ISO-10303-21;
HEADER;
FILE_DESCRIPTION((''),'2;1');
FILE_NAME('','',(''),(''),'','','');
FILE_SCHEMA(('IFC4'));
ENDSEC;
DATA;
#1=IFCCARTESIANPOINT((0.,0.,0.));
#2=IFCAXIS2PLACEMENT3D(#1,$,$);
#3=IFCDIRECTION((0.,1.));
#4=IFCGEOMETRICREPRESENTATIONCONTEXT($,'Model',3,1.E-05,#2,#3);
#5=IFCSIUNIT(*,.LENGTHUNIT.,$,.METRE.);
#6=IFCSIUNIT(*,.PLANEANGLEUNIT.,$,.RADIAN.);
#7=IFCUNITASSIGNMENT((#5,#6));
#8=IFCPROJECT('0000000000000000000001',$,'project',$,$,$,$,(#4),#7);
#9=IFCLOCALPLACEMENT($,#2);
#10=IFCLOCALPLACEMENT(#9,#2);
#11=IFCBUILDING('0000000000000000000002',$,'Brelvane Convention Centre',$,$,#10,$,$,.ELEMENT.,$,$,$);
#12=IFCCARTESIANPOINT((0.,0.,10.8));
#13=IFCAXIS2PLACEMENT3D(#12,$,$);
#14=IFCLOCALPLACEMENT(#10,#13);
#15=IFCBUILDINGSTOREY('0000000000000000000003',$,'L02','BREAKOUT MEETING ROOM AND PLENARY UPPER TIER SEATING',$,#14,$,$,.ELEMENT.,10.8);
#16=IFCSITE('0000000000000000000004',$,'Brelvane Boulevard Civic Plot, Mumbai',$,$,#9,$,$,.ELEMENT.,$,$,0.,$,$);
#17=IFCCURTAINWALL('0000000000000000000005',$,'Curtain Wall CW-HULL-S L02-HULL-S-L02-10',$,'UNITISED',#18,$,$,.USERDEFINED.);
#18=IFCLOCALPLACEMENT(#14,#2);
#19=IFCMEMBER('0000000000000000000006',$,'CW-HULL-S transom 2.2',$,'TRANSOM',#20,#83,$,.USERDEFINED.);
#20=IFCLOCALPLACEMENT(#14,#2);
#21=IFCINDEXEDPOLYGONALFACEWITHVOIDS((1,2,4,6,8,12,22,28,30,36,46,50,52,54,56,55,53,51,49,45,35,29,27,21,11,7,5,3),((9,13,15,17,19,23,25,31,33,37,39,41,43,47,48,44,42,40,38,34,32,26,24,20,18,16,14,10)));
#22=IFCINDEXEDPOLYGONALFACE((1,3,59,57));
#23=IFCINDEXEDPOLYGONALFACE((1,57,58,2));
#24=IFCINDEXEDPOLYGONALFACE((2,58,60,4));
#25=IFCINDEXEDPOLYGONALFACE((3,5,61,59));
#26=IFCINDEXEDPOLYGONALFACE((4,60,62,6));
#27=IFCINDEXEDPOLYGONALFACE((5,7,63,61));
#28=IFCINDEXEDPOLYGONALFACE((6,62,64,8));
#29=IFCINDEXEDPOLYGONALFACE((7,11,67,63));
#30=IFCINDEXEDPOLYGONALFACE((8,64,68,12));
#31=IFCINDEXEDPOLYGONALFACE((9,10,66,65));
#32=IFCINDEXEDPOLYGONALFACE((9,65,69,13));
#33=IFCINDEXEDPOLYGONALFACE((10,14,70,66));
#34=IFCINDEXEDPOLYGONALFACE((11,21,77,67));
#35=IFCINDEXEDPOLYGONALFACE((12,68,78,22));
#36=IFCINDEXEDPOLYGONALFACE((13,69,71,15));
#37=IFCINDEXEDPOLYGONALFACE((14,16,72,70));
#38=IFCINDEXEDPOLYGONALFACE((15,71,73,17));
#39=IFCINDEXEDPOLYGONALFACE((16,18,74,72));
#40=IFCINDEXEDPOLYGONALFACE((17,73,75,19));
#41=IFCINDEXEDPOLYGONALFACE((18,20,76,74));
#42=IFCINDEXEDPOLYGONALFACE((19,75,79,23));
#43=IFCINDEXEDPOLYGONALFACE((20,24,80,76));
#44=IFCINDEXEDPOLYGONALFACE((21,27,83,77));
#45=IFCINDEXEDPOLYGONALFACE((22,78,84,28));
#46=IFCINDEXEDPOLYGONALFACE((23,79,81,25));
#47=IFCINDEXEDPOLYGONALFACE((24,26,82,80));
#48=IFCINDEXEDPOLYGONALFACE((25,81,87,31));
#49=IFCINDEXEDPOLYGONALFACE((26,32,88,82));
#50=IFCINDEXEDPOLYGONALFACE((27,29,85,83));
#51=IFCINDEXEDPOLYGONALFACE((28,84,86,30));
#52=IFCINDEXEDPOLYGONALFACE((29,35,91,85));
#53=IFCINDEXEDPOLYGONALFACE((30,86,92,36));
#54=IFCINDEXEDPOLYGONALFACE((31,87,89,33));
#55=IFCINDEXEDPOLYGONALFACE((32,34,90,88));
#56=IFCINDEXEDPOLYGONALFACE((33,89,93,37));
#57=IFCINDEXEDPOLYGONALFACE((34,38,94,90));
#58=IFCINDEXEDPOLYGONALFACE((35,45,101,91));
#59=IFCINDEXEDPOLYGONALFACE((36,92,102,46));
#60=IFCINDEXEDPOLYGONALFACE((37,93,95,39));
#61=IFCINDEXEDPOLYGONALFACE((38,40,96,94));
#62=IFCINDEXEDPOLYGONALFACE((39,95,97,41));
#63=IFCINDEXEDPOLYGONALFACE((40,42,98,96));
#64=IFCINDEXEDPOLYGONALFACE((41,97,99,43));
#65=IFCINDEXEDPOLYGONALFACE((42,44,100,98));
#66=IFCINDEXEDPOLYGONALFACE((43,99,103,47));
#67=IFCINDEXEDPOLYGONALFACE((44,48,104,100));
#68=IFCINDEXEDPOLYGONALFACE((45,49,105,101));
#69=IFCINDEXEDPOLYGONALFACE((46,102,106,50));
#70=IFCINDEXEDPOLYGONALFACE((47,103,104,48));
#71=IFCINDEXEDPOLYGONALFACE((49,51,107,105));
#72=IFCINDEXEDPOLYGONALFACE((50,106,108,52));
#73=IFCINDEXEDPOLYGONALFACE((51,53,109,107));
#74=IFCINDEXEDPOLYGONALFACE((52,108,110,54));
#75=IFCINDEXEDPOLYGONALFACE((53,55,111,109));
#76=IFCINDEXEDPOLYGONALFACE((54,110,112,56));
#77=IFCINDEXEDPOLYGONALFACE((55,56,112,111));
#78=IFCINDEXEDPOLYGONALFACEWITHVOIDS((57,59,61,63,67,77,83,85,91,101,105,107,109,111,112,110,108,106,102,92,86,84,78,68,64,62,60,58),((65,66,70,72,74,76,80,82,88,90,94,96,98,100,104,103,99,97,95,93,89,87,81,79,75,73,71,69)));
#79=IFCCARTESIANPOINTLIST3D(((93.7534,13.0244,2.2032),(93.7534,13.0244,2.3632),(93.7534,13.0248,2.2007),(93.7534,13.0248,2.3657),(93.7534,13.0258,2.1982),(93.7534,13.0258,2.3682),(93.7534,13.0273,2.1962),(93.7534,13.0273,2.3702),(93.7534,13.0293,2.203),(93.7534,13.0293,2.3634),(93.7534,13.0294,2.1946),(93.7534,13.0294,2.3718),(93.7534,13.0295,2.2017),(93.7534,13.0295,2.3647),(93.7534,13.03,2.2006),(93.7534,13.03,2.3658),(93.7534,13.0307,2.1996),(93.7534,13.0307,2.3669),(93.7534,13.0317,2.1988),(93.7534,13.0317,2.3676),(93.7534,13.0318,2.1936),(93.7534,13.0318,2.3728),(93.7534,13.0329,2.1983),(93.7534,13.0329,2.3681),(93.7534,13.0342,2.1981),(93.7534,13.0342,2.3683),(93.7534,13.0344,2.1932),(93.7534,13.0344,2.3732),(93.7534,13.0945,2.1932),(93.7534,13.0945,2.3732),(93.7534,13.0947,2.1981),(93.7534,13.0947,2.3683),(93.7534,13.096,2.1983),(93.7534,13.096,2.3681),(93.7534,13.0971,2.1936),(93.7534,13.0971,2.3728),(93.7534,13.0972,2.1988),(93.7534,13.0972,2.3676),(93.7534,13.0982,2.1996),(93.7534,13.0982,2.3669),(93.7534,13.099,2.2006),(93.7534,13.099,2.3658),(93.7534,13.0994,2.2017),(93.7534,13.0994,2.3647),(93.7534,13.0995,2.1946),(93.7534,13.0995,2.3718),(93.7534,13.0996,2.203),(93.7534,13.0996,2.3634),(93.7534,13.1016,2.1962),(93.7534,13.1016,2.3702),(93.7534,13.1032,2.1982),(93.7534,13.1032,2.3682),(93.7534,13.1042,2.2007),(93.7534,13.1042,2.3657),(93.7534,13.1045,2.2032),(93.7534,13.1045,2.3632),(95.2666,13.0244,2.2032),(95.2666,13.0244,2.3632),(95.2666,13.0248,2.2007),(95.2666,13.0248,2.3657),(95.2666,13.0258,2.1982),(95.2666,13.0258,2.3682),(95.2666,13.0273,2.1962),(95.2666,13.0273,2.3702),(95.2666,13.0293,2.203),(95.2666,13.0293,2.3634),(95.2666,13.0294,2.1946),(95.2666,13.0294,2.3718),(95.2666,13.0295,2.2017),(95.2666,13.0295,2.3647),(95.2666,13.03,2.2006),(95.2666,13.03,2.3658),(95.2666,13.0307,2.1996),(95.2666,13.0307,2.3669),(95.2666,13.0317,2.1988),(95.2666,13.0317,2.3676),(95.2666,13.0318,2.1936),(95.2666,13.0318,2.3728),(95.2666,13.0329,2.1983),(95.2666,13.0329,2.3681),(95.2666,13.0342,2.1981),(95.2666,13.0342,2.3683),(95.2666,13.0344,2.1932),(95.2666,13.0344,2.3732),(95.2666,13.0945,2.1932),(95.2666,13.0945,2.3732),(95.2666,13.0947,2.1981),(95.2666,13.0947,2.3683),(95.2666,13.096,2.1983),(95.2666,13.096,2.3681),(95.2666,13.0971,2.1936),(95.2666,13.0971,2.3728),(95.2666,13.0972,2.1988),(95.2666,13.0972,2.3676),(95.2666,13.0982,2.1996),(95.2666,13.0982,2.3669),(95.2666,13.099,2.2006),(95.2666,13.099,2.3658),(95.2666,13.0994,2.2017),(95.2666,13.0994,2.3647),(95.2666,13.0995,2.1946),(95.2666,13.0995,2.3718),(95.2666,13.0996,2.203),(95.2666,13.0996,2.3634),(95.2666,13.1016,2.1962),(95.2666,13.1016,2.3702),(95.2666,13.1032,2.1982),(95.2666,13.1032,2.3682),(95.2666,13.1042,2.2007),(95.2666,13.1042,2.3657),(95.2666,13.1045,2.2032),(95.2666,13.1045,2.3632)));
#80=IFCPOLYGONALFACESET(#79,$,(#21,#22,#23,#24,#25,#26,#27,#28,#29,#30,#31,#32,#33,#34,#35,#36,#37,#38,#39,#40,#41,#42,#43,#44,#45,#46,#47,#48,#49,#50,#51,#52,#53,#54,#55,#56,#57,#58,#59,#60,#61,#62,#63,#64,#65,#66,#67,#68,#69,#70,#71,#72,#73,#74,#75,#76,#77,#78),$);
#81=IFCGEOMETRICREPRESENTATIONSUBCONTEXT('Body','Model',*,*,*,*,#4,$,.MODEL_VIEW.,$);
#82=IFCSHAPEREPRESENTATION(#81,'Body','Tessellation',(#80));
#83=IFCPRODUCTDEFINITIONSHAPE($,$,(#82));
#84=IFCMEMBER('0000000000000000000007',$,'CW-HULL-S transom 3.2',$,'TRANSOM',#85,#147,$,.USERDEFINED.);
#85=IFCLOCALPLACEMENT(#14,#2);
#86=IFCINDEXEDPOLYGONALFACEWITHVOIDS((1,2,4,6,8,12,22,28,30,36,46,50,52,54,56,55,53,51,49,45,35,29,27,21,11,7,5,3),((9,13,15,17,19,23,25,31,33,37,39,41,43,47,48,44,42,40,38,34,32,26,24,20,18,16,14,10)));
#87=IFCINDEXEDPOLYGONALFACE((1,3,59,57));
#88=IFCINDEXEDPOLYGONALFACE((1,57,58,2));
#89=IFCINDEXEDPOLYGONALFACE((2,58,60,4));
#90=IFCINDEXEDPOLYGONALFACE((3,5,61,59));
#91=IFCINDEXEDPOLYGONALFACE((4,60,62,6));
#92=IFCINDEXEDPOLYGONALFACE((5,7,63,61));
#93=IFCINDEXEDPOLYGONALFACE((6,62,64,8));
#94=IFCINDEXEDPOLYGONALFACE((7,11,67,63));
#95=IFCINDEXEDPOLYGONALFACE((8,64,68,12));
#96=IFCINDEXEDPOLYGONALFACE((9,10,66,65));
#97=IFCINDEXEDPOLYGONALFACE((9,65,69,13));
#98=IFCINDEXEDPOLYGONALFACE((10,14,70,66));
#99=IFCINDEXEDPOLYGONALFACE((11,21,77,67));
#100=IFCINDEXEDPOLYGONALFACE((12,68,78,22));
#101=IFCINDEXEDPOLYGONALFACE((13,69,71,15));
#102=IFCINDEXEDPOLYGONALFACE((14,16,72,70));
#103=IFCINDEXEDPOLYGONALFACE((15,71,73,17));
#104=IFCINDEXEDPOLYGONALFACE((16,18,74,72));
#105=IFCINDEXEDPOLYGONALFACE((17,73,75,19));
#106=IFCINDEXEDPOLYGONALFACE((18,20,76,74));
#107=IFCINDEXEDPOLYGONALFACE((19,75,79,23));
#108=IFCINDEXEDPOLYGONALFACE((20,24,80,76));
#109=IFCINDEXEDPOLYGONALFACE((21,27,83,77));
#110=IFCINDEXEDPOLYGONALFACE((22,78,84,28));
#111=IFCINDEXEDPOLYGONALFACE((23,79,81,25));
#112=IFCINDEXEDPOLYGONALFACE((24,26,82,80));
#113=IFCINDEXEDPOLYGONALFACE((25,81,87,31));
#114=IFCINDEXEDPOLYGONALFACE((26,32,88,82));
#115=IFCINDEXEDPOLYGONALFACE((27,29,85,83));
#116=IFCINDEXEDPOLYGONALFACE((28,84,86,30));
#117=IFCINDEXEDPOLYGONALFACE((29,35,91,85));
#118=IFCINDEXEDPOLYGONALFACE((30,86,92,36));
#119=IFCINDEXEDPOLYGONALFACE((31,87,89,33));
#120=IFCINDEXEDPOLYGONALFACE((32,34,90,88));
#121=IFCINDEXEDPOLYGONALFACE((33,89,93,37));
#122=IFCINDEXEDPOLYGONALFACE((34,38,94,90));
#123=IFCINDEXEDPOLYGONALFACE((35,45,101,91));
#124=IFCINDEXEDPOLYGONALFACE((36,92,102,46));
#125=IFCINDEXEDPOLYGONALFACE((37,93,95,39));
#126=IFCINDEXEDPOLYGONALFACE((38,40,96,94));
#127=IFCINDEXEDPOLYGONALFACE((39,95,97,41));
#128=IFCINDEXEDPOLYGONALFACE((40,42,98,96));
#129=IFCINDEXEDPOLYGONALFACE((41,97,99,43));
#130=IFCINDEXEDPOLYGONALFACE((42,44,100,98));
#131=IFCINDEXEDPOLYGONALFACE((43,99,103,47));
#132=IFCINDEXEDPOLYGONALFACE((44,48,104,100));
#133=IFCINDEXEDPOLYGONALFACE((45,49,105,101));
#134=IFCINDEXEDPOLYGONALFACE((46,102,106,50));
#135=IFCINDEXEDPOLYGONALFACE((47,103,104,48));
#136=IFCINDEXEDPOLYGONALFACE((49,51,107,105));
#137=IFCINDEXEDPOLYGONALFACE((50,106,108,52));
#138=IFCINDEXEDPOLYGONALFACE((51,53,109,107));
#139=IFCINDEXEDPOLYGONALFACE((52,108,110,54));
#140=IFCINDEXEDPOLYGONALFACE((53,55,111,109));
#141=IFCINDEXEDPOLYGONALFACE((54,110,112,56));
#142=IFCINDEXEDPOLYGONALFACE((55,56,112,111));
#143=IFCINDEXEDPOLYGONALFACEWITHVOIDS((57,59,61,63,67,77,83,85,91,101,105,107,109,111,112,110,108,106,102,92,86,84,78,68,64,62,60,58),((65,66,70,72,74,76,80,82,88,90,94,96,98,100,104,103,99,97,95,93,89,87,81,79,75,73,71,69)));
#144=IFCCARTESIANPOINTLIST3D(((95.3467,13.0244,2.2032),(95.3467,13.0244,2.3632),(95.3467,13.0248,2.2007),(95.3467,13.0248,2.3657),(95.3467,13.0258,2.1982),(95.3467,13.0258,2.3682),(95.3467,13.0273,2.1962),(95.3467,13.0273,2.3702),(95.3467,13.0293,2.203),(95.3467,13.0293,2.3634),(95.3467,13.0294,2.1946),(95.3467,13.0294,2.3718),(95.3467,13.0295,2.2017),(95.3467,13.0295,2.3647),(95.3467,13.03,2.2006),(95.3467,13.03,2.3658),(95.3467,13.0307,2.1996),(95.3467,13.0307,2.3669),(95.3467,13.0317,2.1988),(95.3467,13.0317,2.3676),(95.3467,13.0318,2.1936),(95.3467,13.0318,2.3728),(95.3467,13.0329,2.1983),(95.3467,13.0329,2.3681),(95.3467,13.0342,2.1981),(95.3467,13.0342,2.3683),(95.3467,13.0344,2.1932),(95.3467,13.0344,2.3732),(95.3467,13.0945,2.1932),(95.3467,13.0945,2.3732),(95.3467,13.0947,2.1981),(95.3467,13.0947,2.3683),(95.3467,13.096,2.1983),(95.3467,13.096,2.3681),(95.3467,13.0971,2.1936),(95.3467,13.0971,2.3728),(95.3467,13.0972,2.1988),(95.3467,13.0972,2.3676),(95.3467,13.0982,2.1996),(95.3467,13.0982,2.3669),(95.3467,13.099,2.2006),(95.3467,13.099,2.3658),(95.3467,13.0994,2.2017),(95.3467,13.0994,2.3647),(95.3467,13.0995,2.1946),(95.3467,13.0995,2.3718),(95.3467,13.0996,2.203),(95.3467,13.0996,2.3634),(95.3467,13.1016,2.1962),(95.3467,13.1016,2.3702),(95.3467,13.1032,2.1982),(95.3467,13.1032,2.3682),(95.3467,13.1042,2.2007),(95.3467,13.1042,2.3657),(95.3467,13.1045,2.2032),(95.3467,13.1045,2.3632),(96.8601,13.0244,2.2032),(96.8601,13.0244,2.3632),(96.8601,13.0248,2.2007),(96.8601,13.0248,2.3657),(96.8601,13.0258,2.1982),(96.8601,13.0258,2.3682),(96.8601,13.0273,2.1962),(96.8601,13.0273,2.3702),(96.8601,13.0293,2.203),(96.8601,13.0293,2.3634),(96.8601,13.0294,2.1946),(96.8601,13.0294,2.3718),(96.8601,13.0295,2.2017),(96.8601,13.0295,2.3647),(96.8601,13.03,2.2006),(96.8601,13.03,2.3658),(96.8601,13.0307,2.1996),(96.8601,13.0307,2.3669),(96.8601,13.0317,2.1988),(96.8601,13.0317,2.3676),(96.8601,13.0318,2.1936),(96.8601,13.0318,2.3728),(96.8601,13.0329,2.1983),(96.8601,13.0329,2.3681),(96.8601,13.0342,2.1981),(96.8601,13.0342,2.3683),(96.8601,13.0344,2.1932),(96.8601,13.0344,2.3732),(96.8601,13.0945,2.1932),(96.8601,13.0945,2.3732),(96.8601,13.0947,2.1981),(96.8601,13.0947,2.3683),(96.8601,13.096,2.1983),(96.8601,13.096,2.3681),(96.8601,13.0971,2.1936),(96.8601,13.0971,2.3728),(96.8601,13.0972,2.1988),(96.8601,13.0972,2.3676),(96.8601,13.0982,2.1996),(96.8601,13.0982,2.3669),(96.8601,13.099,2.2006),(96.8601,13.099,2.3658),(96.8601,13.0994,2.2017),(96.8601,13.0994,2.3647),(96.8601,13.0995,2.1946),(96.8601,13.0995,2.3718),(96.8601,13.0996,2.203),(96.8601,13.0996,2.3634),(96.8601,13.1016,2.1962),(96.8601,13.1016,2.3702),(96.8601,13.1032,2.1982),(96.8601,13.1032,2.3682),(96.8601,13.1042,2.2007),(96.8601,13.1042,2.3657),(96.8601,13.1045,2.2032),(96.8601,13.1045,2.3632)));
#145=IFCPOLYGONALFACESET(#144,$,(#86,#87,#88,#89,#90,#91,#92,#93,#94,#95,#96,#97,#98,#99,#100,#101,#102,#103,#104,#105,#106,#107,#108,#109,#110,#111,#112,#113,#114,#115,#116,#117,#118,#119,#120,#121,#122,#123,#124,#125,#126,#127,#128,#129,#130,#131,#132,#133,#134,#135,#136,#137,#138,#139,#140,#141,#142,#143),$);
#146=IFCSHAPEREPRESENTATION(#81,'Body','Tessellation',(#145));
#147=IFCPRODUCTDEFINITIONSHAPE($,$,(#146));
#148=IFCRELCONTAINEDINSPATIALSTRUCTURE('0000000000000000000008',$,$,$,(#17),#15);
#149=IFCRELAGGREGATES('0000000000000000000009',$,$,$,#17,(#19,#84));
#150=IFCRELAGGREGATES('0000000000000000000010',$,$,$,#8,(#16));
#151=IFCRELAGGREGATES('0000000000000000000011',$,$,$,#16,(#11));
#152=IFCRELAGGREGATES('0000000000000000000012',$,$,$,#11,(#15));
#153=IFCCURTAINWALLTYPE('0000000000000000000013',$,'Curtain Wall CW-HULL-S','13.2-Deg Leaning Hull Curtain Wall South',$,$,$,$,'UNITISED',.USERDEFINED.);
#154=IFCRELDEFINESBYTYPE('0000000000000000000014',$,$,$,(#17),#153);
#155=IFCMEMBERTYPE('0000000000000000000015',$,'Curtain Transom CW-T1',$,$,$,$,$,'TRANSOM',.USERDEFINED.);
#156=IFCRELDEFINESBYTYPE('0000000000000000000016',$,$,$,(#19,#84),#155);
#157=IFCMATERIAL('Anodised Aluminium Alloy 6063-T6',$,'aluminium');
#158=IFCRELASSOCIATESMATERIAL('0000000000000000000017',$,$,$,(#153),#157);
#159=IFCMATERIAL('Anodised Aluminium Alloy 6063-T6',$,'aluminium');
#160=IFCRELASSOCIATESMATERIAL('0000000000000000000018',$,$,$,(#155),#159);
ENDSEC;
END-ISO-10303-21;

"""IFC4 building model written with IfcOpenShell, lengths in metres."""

from ifc_helpers import new_model, si_unit, direction, frame, origin, origin_2d, place, context, subcontext, project, spatial, hollow_rectangle, extrude, material, material_profile, profile_set, type_object, element, aggregate, save


model = new_model("IFC4")

# Units and contexts
model_context = context("Model", 3, precision=1e-05, world=origin(), true_north=direction((0.0, 1.0)))
body_context = subcontext(model_context, "Body", "Model", "MODEL_VIEW")
ifc_project = project(units=[si_unit("LENGTHUNIT", "METRE"), si_unit("PLANEANGLEUNIT", "RADIAN")], contexts=[model_context])

# Site, building, storey
site_placement = place(None, origin())
site = spatial("IfcSite", under=ifc_project, at=site_placement, Name="Brelvane Boulevard Civic Plot, Mumbai", CompositionType="ELEMENT", RefElevation=0.0)
building_placement = place(site_placement, origin())
building = spatial("IfcBuilding", under=site, at=building_placement, Name="Brelvane Convention Centre", CompositionType="ELEMENT")
storey_placement = place(building_placement, frame((0.0, 0.0, 10.8)))
storey = spatial("IfcBuildingStorey", under=building, at=storey_placement, Name="L02", Description="BREAKOUT MEETING ROOM AND PLENARY UPPER TIER SEATING", CompositionType="ELEMENT", Elevation=10.8)

# Curtain wall, members
ifc_material_1 = material(Name="Anodised Aluminium Alloy 6063-T6", Category="aluminium")
curtain_wall_type = type_object("IfcCurtainWallType", Name="Curtain Wall CW-HULL-S", Description="13.2-Deg Leaning Hull Curtain Wall South", ElementType="UNITISED", PredefinedType="USERDEFINED", material=ifc_material_1)
curtain_wall_1_placement = place(storey_placement, origin())
curtain_wall_1 = element("IfcCurtainWall", 1, at=curtain_wall_1_placement, inside=storey, type_object=curtain_wall_type, Name="Curtain Wall CW-HULL-S L02-HULL-S-L02-10", ObjectType="UNITISED", PredefinedType="USERDEFINED")
ifc_material_2 = material(Name="Anodised Aluminium Alloy 6063-T6", Category="aluminium")
ifc_material_profile = material_profile(ifc_material_2, hollow_rectangle(XDim=0.0801, YDim=0.1799, WallThickness=0.0049, InnerFilletRadius=0.0049, OuterFilletRadius=0.01, at=origin_2d()), Name="ALU-T 180x80x5.0")
ifc_profile_set = profile_set([ifc_material_profile], Name="Anodised Aluminium Alloy 6063-T6")
member_type = type_object("IfcMemberType", Name="Curtain Transom CW-T1", ElementType="TRANSOM", PredefinedType="USERDEFINED", material=ifc_profile_set)
member_1_placement = place(storey_placement, frame((93.7534, 13.0645, 2.2832), z_axis=(1.0, 0.0, 0.0), x_axis=(0.0, 1.0, 0.0)))
member_1 = element("IfcMember", 2, at=member_1_placement, type_object=member_type, Name="CW-HULL-S transom 2.2", ObjectType="TRANSOM", PredefinedType="USERDEFINED", context=body_context, shape_type="SweptSolid", body=[
    extrude(hollow_rectangle(XDim=0.0801, YDim=0.1799, WallThickness=0.0049, InnerFilletRadius=0.0049, OuterFilletRadius=0.01, at=origin_2d()), origin(), (0.0, 0.0, 1.0), 1.5132),
])
member_2_placement = place(storey_placement, frame((95.3467, 13.0645, 2.2832), z_axis=(1.0, 0.0, 0.0), x_axis=(0.0, 1.0, 0.0)))
member_2 = element("IfcMember", 3, at=member_2_placement, type_object=member_type, Name="CW-HULL-S transom 3.2", ObjectType="TRANSOM", PredefinedType="USERDEFINED", context=body_context, shape_type="SweptSolid", body=[
    extrude(hollow_rectangle(XDim=0.0801, YDim=0.1799, WallThickness=0.0049, InnerFilletRadius=0.0049, OuterFilletRadius=0.01, at=origin_2d()), origin(), (0.0, 0.0, 1.0), 1.5134),
])

aggregate(curtain_wall_1, [member_1, member_2])

save(model, "model.ifc")
